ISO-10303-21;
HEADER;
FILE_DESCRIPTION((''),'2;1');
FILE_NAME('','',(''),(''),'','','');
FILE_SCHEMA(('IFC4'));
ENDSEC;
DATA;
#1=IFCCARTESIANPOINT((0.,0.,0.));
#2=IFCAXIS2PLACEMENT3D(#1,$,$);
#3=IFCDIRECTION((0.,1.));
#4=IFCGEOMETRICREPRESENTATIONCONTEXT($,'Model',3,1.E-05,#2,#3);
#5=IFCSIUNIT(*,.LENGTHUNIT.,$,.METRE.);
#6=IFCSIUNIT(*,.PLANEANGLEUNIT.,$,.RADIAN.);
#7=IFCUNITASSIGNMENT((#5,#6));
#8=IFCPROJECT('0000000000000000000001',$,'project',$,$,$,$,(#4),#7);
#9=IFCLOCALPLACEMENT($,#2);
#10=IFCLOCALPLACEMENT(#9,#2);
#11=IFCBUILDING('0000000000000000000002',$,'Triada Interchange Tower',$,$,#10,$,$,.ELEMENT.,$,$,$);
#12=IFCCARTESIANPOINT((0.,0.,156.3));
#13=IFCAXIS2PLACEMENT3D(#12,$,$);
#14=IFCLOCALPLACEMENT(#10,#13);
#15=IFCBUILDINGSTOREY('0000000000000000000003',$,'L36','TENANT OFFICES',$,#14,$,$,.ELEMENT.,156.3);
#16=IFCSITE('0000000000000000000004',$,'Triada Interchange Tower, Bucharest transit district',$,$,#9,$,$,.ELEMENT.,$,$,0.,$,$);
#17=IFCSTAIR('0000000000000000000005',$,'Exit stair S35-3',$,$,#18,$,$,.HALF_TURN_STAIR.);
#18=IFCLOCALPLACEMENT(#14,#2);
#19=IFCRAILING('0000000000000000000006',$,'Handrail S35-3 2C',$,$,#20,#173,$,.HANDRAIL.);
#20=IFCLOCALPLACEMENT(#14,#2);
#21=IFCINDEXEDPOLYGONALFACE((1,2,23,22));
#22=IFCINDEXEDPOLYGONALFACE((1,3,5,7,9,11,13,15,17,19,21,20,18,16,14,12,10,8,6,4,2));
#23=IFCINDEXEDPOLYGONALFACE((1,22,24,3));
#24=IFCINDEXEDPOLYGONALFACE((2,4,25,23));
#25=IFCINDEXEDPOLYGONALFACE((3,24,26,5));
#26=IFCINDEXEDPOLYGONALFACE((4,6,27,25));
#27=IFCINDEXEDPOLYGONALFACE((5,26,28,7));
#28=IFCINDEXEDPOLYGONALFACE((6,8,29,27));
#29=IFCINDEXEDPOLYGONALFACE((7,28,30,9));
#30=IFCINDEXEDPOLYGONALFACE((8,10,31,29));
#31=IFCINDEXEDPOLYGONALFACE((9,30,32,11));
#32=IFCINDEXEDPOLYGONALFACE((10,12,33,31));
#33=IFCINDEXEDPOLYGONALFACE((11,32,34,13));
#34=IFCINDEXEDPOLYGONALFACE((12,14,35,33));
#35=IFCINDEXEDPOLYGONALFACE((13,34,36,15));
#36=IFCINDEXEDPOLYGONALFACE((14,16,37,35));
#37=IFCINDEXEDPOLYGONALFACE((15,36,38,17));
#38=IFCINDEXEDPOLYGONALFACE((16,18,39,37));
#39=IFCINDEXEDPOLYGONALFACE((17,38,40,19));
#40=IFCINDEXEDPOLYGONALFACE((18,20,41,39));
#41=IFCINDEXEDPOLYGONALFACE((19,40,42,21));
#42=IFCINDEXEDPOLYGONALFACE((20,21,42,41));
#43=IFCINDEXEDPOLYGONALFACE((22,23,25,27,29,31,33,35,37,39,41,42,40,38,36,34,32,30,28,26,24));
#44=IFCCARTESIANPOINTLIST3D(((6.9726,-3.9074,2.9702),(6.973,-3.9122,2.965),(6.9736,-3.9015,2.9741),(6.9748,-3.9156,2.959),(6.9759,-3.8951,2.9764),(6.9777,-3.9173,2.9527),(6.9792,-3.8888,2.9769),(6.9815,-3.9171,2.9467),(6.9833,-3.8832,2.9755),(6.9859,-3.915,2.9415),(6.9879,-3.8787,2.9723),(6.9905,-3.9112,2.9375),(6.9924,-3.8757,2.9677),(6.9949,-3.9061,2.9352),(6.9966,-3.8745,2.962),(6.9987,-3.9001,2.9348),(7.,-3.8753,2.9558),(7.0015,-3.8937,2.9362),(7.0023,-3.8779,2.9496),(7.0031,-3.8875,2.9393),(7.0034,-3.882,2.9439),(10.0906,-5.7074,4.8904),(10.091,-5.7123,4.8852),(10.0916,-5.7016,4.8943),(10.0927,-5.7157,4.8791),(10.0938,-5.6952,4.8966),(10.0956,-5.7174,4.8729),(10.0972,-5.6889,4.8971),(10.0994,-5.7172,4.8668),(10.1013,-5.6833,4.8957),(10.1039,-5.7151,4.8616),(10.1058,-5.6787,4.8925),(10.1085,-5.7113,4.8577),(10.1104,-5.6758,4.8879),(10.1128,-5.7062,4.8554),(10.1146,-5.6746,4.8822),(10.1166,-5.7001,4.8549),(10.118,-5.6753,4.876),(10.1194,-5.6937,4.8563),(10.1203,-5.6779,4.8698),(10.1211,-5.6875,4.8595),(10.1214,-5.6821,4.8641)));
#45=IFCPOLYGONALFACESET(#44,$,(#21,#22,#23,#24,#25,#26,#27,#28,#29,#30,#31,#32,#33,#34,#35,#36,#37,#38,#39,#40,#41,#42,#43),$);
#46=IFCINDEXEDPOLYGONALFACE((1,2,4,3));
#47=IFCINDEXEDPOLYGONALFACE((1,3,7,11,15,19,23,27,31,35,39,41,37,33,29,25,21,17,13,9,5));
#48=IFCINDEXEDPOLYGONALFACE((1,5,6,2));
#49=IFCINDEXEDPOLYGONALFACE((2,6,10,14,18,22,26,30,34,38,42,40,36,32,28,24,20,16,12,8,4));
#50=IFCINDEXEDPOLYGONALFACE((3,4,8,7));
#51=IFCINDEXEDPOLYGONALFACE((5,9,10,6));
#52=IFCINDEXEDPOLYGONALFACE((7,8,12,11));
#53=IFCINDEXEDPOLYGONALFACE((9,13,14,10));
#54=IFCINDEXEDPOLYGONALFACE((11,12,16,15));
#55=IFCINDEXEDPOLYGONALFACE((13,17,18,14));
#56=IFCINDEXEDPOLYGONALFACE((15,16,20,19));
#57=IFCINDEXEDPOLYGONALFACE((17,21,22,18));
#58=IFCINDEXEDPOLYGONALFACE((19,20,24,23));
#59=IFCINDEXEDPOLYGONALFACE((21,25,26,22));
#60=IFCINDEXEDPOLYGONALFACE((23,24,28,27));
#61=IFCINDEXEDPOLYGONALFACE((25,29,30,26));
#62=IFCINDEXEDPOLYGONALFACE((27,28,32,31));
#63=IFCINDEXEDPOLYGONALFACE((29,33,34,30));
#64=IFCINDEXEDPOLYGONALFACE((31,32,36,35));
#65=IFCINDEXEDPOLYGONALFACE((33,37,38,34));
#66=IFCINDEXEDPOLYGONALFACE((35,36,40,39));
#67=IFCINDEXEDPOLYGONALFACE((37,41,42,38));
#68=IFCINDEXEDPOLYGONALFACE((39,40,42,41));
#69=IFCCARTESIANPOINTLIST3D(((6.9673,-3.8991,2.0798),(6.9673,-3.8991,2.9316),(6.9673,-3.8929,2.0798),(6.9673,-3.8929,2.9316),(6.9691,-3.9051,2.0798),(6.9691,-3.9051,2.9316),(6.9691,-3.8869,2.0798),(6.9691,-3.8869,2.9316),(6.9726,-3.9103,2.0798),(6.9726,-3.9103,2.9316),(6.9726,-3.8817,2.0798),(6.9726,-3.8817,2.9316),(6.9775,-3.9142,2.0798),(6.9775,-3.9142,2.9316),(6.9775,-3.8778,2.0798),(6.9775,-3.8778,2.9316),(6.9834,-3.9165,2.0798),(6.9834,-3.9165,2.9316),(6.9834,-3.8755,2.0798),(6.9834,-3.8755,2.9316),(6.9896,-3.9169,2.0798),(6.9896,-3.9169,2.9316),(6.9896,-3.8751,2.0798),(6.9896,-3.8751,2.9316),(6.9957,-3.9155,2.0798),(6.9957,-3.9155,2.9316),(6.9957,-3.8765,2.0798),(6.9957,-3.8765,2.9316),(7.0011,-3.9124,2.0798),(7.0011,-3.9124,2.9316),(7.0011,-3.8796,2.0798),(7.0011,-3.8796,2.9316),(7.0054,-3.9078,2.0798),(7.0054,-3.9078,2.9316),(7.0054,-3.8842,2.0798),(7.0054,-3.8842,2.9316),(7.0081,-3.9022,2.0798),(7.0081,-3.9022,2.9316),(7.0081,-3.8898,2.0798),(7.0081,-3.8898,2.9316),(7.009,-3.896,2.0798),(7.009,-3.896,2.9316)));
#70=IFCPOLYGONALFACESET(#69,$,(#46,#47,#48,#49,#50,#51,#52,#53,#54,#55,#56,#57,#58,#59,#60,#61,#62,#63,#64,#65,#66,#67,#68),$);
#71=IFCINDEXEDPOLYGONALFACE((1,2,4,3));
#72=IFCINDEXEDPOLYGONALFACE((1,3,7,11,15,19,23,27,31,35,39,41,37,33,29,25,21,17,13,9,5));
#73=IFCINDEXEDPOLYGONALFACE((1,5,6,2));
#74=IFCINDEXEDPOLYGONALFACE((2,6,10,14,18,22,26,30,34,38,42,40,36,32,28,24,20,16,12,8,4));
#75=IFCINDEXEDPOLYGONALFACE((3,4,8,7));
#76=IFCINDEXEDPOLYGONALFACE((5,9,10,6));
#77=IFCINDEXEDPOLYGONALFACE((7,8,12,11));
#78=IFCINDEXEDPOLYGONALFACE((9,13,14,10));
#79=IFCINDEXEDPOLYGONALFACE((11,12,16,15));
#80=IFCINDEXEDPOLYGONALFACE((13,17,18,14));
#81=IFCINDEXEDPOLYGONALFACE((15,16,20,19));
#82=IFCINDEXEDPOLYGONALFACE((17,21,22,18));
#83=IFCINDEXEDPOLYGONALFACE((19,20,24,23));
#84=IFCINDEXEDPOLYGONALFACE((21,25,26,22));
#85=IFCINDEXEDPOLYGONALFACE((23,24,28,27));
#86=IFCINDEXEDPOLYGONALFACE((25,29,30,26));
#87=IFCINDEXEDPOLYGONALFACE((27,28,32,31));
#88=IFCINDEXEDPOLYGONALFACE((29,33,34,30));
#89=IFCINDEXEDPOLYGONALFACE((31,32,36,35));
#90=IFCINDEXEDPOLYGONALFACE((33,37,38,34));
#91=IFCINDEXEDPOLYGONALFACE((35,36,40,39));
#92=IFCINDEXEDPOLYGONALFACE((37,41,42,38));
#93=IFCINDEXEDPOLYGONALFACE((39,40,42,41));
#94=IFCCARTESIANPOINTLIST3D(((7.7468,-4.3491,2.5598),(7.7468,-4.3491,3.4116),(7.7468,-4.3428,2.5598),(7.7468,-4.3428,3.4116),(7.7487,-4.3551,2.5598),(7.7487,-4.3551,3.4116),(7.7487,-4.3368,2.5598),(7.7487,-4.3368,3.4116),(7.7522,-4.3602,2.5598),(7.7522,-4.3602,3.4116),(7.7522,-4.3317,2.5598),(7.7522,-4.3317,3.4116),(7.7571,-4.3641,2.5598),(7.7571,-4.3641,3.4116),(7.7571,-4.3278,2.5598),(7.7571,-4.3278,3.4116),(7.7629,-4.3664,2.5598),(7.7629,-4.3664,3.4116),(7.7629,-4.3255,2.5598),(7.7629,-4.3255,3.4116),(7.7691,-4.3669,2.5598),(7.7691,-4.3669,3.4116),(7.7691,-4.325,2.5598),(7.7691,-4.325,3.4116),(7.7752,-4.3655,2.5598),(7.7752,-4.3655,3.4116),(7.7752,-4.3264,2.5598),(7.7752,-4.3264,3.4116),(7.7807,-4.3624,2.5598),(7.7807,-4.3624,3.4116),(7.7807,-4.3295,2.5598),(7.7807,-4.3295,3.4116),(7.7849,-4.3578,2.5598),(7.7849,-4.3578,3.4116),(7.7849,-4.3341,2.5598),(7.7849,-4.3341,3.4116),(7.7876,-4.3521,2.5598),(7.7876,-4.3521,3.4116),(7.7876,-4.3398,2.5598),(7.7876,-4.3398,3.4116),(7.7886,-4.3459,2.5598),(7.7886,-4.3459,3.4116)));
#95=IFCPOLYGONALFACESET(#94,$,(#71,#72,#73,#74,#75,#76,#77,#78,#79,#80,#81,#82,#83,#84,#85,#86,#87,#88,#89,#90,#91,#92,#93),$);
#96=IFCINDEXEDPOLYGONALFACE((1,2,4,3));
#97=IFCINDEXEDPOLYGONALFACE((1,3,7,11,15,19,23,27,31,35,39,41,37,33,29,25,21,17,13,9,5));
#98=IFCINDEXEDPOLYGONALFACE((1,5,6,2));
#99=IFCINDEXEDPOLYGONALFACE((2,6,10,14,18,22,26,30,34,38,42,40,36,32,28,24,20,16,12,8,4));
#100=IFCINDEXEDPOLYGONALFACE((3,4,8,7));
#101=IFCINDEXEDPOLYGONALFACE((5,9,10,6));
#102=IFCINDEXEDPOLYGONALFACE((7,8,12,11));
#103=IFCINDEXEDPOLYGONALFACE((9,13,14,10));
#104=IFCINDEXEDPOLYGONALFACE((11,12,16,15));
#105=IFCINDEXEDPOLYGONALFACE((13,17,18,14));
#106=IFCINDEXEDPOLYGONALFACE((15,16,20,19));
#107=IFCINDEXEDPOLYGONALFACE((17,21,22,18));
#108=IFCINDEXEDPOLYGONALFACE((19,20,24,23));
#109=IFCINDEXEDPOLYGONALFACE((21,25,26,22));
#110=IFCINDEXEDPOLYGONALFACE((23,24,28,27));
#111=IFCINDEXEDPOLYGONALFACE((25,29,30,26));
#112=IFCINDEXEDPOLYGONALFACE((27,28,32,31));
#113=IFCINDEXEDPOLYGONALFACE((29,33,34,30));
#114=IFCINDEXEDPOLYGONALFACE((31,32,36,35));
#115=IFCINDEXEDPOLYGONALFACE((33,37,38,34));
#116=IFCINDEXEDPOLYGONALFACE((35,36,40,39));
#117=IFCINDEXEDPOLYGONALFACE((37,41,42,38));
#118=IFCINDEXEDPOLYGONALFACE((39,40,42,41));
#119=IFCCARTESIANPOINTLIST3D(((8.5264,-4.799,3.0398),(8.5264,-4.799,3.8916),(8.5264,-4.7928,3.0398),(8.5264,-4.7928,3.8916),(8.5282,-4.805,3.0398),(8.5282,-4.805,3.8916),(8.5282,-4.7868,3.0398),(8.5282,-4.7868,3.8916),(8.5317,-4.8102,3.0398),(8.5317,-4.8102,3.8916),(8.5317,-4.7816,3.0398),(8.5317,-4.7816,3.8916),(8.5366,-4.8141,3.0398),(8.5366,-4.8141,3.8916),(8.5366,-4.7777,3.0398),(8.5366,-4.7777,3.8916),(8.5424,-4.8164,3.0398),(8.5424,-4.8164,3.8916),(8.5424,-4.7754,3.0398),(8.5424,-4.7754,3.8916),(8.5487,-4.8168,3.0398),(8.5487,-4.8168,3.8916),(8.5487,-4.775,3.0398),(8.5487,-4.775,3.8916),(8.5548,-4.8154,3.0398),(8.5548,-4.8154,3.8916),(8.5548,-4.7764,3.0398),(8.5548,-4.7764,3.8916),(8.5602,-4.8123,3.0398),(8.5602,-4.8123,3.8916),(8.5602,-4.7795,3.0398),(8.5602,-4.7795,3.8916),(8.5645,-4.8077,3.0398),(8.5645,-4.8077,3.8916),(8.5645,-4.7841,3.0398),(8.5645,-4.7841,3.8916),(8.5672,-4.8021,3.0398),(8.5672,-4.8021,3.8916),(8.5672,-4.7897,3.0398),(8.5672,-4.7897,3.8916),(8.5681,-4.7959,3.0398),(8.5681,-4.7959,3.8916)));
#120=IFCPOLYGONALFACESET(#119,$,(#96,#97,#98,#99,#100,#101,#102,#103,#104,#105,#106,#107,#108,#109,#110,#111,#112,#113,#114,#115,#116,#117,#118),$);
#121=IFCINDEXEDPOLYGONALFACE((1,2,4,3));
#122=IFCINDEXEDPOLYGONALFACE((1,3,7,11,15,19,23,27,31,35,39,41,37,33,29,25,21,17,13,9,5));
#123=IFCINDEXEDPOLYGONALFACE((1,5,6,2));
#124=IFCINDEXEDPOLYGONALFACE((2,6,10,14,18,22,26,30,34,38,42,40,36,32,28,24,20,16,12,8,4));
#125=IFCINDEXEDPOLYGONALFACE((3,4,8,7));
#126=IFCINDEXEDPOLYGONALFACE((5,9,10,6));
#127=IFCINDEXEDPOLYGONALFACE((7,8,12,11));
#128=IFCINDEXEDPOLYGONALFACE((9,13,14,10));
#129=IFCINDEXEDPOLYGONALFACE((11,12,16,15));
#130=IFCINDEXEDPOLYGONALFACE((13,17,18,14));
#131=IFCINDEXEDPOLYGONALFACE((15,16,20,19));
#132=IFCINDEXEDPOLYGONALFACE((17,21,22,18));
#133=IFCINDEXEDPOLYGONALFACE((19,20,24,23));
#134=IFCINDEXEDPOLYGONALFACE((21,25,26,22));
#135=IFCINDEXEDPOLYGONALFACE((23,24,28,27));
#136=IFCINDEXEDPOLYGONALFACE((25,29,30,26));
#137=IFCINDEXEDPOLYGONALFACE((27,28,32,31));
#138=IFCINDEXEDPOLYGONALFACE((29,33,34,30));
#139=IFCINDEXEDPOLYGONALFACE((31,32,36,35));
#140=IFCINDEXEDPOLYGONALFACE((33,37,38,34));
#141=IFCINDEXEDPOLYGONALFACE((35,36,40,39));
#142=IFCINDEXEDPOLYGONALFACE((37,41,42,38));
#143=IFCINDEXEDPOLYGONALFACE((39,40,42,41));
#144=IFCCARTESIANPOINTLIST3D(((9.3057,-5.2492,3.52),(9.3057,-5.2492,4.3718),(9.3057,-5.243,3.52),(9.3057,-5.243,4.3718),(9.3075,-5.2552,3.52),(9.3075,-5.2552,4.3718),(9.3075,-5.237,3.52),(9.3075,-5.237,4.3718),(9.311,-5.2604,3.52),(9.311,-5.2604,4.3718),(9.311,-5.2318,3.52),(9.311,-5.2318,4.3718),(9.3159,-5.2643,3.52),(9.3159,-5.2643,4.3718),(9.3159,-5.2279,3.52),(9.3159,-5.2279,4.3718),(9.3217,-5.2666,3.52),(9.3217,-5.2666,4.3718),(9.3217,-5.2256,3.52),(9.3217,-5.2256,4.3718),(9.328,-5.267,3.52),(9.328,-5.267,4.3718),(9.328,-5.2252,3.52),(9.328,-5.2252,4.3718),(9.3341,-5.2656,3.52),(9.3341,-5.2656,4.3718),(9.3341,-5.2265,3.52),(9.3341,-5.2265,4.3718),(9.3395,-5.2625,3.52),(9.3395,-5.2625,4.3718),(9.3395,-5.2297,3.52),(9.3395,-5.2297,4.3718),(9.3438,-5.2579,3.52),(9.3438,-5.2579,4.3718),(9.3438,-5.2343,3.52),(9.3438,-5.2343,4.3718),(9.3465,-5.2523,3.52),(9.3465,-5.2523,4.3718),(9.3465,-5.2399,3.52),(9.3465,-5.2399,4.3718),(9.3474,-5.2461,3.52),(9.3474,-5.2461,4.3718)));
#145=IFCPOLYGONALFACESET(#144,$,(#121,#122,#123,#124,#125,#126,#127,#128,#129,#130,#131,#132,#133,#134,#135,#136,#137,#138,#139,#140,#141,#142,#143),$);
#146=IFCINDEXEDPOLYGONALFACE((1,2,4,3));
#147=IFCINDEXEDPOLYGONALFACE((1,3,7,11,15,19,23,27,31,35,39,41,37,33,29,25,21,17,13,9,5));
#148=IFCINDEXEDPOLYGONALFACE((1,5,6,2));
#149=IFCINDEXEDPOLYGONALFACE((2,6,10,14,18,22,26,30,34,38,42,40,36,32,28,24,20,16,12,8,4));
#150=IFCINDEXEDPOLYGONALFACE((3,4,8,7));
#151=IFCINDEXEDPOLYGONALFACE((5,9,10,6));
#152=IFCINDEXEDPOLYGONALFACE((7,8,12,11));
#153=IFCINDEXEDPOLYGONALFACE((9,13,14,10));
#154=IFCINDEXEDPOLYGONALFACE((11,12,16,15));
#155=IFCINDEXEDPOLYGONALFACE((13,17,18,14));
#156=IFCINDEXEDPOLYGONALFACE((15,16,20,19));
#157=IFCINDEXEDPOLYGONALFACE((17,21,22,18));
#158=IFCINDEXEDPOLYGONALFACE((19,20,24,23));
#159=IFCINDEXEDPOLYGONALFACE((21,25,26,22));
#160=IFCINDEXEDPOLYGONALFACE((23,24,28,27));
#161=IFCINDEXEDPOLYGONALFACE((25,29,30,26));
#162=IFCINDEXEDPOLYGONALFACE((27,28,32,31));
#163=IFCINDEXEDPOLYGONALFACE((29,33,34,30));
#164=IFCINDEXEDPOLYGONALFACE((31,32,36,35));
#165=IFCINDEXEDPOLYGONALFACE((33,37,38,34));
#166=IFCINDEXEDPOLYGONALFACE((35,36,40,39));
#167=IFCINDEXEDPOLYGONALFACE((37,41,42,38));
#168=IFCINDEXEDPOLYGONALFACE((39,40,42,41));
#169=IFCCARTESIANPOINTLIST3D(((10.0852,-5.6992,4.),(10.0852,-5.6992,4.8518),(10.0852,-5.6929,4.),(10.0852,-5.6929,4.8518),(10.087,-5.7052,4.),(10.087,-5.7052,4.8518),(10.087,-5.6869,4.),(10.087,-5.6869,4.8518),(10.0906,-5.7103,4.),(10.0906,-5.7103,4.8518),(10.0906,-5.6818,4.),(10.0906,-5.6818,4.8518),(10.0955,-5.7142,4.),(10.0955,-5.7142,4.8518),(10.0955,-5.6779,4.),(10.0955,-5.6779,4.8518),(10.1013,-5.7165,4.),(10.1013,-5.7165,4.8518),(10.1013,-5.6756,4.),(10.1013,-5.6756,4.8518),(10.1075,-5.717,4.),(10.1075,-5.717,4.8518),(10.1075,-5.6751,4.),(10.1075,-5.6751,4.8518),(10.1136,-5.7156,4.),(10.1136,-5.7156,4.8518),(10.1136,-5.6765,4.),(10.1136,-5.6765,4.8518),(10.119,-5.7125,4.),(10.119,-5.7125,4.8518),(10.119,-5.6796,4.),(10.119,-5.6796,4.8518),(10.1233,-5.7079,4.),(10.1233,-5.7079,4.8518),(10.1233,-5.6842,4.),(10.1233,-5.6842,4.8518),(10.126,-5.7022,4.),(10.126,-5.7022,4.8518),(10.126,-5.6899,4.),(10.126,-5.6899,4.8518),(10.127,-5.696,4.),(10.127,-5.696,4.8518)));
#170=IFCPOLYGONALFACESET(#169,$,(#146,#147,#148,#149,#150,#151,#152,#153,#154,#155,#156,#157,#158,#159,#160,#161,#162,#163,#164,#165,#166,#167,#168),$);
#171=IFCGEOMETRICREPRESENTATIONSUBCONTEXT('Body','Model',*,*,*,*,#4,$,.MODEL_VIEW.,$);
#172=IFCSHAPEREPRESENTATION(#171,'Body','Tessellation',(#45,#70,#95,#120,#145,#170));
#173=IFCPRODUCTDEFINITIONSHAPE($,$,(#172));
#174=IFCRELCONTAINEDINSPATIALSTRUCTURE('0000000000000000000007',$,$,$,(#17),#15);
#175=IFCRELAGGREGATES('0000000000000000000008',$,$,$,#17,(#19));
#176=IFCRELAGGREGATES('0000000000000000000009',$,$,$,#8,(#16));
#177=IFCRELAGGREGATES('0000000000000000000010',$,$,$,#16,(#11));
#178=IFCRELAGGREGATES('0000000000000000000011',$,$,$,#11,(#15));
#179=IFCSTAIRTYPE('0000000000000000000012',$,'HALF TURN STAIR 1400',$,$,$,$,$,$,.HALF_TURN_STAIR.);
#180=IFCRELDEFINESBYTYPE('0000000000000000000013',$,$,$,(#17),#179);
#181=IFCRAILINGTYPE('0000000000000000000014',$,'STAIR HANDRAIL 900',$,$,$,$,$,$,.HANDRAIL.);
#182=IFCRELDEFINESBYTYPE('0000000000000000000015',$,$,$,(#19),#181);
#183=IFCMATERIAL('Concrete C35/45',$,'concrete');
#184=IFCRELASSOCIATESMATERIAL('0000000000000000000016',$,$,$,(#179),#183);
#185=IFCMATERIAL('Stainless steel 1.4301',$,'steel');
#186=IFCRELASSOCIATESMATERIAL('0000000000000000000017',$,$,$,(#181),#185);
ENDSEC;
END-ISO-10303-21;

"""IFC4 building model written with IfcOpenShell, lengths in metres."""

from ifc_helpers import new_model, si_unit, direction, frame, origin, origin_2d, place, context, subcontext, project, spatial, circle, extrude, material, type_object, element, aggregate, save


model = new_model("IFC4")

# Units and contexts
model_context = context("Model", 3, precision=1e-05, world=origin(), true_north=direction((0.0, 1.0)))
body_context = subcontext(model_context, "Body", "Model", "MODEL_VIEW")
ifc_project = project(units=[si_unit("LENGTHUNIT", "METRE"), si_unit("PLANEANGLEUNIT", "RADIAN")], contexts=[model_context])

# Site, building, storey
site_placement = place(None, origin())
site = spatial("IfcSite", under=ifc_project, at=site_placement, Name="Triada Interchange Tower, Bucharest transit district", CompositionType="ELEMENT", RefElevation=0.0)
building_placement = place(site_placement, origin())
building = spatial("IfcBuilding", under=site, at=building_placement, Name="Triada Interchange Tower", CompositionType="ELEMENT")
storey_placement = place(building_placement, frame((0.0, 0.0, 156.3)))
storey = spatial("IfcBuildingStorey", under=building, at=storey_placement, Name="L36", Description="TENANT OFFICES", CompositionType="ELEMENT", Elevation=156.3)

# Stair, railing
ifc_material_1 = material(Name="Concrete C35/45", Category="concrete")
stair_type = type_object("IfcStairType", Name="HALF TURN STAIR 1400", PredefinedType="HALF_TURN_STAIR", material=ifc_material_1)
stair_placement = place(storey_placement, origin())
stair = element("IfcStair", 1, at=stair_placement, inside=storey, type_object=stair_type, Name="Exit stair S35-3", PredefinedType="HALF_TURN_STAIR")
ifc_material_2 = material(Name="Stainless steel 1.4301", Category="steel")
railing_type = type_object("IfcRailingType", Name="STAIR HANDRAIL 900", PredefinedType="HANDRAIL", material=ifc_material_2)
railing_1_placement = place(storey_placement, frame((6.988, -3.896, 2.0798)))
railing_1 = element("IfcRailing", 2, at=railing_1_placement, type_object=railing_type, Name="Handrail S35-3 2C", PredefinedType="HANDRAIL", context=body_context, shape_type="SweptSolid", body=[
    extrude(circle(Radius=0.0239, at=origin_2d()), frame((0.0, 0.0, 0.876), z_axis=(0.764145, -0.441159, 0.470597), x_axis=(0.499983, 0.866035, 0.0)), (0.0, 0.0, 1.0), 4.0803),
    extrude(circle(Radius=0.021, at=origin_2d()), origin(), (0.0, 0.0, 1.0), 0.8518),
    extrude(circle(Radius=0.021, at=origin_2d()), frame((0.7795, -0.45, 0.48)), (0.0, 0.0, 1.0), 0.8518),
    extrude(circle(Radius=0.021, at=origin_2d()), frame((1.5591, -0.8999, 0.96)), (0.0, 0.0, 1.0), 0.8518),
    extrude(circle(Radius=0.021, at=origin_2d()), frame((2.3384, -1.3501, 1.4402)), (0.0, 0.0, 1.0), 0.8518),
    extrude(circle(Radius=0.021, at=origin_2d()), frame((3.1179, -1.8, 1.9202)), (0.0, 0.0, 1.0), 0.8518),
])
aggregate(stair, [railing_1])

save(model, "model.ifc")
